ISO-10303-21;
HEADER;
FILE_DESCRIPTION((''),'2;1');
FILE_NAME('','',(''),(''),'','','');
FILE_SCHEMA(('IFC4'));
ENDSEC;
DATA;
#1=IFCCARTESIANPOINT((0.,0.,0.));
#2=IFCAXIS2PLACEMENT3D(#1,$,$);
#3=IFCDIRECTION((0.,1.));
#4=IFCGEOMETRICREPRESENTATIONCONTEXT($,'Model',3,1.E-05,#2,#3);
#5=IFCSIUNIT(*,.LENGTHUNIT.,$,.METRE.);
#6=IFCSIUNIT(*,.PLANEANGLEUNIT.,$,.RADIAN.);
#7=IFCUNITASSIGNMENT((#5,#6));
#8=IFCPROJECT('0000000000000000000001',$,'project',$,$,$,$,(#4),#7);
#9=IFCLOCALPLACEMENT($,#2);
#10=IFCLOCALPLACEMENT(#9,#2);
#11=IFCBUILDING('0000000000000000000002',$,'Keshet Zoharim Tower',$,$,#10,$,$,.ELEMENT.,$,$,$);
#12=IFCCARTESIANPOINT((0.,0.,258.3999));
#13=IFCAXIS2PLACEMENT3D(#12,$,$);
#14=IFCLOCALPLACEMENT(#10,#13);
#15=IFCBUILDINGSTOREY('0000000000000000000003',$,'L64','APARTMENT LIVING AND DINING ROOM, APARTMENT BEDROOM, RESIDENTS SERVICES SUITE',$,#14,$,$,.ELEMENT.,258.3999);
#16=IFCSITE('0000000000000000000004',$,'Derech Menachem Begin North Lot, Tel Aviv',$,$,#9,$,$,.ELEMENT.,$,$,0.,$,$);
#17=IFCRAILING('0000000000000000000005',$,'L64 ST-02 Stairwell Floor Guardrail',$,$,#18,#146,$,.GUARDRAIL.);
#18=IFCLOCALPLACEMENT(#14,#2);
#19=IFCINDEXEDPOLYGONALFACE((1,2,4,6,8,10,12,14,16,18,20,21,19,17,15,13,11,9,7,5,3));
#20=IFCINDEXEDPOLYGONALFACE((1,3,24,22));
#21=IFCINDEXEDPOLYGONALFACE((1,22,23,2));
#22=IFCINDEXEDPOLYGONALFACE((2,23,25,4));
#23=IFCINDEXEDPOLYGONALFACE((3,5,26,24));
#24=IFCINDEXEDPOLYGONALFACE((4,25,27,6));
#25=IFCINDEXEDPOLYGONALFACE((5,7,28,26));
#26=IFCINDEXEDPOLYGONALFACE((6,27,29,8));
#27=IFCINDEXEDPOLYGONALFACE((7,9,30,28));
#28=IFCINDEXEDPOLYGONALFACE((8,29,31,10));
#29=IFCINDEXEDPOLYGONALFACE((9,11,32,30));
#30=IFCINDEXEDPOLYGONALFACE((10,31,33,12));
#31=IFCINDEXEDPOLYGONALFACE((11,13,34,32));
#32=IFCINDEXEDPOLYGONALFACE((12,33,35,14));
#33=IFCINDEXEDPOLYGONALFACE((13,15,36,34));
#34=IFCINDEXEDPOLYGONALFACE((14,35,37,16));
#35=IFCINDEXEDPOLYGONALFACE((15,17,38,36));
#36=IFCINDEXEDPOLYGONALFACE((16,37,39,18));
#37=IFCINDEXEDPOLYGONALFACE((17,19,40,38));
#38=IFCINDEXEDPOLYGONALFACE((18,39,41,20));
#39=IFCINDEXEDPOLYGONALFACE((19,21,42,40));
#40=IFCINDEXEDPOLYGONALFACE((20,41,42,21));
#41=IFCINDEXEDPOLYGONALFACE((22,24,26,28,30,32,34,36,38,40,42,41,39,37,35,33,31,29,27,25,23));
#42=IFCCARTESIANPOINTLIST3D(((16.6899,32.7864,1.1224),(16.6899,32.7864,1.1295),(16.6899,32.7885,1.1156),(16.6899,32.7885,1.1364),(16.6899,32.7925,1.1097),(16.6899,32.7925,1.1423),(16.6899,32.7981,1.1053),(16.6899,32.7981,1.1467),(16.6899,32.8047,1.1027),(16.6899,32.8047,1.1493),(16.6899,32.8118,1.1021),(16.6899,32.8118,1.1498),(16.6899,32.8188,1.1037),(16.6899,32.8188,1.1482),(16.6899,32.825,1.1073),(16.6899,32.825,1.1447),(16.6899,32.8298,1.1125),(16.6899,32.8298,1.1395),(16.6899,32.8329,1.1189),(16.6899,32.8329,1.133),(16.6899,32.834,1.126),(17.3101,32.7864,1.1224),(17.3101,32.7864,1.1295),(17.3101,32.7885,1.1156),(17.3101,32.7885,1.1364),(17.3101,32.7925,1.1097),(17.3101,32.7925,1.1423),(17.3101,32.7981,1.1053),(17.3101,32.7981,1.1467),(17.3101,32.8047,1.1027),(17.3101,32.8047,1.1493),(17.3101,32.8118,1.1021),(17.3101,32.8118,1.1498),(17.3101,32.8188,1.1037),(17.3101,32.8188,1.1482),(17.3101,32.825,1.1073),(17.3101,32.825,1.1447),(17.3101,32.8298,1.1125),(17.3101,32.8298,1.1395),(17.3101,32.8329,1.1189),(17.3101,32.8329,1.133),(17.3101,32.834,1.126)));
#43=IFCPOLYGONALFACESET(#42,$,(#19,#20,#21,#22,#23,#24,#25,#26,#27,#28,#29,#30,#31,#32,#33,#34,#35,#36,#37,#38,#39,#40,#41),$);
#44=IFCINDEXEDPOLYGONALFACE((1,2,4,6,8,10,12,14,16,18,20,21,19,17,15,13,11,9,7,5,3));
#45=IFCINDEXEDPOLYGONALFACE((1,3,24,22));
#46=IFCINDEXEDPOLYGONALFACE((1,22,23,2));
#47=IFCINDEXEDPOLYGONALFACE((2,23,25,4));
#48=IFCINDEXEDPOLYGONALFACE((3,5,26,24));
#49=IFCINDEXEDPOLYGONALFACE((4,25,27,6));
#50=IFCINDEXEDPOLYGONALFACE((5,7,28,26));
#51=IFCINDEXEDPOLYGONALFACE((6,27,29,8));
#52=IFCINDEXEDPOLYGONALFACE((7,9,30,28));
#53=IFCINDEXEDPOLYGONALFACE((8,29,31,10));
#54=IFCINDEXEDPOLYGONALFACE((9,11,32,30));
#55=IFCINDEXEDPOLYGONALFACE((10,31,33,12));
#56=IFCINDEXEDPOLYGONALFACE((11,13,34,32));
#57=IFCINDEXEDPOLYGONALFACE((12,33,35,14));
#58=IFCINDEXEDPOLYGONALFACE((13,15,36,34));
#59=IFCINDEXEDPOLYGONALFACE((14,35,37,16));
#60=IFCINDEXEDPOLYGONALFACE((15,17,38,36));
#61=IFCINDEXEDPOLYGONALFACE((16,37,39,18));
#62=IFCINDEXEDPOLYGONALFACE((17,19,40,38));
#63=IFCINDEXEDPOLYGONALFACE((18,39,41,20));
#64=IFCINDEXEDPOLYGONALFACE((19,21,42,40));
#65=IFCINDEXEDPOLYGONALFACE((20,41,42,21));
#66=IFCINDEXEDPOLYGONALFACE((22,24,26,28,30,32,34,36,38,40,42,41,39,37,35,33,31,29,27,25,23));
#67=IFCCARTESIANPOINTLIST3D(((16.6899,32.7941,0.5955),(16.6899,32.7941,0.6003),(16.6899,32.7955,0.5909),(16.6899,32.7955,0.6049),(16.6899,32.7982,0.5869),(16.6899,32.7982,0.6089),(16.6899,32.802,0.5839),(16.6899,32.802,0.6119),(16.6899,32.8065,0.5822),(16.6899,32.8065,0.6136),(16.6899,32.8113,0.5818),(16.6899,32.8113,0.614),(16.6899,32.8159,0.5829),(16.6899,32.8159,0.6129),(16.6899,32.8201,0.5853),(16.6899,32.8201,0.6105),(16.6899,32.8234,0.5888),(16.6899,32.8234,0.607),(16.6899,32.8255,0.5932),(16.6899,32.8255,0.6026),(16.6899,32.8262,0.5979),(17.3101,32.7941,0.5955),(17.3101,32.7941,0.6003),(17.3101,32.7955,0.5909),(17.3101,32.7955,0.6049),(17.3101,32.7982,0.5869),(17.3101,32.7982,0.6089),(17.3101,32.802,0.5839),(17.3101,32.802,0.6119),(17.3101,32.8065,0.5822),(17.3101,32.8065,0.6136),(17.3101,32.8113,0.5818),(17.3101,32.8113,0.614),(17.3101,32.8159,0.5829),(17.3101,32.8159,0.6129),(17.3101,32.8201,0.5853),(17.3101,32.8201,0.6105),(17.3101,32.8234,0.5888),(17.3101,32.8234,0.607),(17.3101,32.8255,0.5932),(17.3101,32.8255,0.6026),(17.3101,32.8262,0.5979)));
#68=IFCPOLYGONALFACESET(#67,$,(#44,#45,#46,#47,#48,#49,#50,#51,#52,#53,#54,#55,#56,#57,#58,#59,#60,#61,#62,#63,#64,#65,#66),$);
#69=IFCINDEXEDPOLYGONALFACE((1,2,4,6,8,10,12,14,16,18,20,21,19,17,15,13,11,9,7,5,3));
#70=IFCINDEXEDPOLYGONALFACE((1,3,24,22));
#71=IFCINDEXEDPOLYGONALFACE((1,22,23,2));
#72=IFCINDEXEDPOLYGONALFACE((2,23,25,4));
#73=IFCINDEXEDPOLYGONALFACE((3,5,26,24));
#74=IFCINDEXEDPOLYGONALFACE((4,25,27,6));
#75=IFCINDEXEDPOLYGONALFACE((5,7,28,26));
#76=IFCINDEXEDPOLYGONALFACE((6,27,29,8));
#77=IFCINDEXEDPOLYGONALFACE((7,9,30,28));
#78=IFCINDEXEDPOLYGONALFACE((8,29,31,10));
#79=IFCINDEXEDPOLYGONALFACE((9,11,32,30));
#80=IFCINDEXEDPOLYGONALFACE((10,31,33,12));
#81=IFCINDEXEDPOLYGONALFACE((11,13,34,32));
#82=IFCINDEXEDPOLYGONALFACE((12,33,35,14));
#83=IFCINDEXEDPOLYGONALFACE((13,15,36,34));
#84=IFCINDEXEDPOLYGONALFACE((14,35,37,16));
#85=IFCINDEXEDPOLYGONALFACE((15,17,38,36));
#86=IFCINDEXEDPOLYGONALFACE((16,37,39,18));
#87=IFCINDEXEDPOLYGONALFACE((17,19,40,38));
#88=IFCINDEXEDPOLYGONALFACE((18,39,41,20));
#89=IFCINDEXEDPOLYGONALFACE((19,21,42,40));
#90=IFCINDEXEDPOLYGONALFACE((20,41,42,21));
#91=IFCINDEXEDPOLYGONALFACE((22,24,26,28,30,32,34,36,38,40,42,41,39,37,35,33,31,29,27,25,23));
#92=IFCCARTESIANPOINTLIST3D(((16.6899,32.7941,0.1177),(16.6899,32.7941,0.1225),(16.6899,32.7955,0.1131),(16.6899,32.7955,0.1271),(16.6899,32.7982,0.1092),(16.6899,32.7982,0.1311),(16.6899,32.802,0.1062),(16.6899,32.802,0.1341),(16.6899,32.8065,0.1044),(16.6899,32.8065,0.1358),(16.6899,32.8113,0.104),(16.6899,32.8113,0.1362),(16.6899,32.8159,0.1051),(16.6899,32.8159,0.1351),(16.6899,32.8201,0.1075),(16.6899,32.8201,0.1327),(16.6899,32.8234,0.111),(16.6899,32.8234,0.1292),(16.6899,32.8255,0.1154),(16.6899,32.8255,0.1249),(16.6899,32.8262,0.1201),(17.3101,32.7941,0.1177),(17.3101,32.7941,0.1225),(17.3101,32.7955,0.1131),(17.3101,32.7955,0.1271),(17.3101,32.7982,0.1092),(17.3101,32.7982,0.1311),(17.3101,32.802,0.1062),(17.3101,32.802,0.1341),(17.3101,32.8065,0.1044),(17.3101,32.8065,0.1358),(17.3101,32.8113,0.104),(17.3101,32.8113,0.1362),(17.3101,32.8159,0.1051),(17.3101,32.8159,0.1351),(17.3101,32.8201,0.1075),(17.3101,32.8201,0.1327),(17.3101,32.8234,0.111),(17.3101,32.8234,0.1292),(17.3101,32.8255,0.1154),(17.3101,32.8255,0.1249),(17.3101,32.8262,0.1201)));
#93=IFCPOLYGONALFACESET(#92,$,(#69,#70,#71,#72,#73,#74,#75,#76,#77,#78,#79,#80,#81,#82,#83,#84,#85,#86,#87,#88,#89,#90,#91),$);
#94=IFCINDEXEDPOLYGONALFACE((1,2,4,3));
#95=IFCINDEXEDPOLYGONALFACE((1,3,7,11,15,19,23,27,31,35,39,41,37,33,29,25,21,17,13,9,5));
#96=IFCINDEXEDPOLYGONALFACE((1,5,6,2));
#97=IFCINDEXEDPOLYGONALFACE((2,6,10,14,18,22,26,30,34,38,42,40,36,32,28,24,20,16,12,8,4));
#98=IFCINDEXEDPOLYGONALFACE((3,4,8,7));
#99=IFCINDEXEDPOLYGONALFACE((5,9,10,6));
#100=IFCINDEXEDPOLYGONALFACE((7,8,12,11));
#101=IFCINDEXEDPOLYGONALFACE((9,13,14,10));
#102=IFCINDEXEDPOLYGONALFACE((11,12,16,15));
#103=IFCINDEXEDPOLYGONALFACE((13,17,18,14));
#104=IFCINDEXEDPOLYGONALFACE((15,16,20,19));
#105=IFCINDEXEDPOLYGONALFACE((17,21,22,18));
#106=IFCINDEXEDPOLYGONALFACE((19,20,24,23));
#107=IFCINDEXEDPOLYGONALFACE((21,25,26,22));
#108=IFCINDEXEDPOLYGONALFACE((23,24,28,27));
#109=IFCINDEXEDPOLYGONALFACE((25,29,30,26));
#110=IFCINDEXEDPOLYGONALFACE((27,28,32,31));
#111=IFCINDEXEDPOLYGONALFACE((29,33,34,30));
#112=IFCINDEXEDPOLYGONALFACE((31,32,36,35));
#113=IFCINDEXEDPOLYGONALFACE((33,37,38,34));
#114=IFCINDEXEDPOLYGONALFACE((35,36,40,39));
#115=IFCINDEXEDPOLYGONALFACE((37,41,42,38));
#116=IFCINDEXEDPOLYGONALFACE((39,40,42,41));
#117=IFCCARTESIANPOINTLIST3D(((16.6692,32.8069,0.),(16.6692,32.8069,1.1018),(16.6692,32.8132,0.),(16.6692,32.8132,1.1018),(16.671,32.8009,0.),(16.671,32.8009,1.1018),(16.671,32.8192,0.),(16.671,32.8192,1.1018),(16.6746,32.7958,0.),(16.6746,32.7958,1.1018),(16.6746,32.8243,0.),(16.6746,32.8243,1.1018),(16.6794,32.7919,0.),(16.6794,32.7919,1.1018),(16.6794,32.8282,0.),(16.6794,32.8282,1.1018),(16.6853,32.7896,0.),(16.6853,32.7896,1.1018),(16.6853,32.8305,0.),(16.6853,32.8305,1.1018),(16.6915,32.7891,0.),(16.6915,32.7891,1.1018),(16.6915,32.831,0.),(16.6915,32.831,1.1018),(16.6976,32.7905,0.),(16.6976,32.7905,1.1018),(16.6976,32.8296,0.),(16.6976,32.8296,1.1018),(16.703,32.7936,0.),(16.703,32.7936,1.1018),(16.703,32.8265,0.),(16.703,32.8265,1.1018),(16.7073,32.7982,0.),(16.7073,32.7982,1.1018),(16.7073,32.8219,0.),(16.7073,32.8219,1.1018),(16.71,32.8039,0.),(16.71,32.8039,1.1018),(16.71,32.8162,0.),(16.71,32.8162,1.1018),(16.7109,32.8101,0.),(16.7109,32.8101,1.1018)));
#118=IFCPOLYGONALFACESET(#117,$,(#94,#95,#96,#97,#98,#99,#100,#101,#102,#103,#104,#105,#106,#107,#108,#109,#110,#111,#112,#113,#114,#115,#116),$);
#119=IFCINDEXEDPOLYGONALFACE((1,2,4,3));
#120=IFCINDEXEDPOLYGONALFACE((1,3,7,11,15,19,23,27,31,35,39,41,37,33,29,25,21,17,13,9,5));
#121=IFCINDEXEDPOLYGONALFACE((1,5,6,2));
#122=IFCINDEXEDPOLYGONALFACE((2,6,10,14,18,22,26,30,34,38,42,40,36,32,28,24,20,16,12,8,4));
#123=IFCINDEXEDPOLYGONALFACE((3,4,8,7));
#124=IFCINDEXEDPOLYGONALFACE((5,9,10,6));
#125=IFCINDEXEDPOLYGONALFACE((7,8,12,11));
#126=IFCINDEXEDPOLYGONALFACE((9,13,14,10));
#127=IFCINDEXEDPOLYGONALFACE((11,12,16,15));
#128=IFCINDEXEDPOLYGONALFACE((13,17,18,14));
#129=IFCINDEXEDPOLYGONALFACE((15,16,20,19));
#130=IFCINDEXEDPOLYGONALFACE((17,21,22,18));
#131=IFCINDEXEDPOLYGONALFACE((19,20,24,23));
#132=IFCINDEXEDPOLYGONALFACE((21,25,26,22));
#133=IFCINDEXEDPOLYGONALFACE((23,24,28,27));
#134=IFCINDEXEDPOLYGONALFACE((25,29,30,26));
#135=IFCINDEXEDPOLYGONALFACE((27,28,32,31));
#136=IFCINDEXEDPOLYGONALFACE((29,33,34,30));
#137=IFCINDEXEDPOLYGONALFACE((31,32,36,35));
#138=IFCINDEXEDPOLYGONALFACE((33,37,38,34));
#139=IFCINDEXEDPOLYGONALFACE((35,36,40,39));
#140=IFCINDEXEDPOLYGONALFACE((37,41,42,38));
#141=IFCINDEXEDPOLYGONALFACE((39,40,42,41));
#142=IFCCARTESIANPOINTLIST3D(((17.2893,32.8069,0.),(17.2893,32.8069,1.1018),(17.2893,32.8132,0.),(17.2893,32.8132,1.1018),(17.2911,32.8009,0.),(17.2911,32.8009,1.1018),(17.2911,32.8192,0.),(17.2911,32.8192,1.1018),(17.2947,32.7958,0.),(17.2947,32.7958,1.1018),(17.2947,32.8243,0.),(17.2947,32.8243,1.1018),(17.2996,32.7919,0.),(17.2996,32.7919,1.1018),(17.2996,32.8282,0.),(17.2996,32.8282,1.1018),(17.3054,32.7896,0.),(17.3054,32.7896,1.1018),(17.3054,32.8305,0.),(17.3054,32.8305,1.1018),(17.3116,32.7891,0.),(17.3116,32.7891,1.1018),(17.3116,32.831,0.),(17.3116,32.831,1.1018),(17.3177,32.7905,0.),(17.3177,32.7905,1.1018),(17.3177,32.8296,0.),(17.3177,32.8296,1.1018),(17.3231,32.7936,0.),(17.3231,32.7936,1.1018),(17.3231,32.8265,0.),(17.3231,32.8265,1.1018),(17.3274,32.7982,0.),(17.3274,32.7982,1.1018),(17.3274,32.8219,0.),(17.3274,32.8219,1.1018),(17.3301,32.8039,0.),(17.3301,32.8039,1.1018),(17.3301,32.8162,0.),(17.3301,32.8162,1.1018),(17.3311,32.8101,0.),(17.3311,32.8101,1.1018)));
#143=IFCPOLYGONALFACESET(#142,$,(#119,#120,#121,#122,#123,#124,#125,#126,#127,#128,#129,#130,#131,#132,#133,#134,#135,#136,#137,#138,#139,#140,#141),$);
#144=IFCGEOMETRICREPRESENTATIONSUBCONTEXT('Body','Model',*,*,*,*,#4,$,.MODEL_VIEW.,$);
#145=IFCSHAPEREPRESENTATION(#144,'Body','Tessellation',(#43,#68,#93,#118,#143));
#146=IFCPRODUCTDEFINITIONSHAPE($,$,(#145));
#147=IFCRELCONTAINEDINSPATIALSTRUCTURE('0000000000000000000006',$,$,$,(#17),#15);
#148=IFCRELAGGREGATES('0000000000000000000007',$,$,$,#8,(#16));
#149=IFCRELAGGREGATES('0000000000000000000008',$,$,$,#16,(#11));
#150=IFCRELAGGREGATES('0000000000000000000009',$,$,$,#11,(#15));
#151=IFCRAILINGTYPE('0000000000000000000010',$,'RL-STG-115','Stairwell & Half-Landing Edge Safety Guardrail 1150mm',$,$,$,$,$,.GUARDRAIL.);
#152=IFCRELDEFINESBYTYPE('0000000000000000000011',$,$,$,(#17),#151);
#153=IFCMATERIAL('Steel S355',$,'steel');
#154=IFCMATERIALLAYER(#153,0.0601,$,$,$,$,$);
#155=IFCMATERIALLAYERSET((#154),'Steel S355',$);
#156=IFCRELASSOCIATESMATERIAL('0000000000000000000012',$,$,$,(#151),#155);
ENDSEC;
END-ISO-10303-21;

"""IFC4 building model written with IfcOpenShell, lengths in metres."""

from ifc_helpers import new_model, si_unit, direction, frame, origin, origin_2d, place, context, subcontext, project, spatial, circle, extrude, material, layer, layer_set, type_object, element, save


model = new_model("IFC4")

# Units and contexts
model_context = context("Model", 3, precision=1e-05, world=origin(), true_north=direction((0.0, 1.0)))
body_context = subcontext(model_context, "Body", "Model", "MODEL_VIEW")
ifc_project = project(units=[si_unit("LENGTHUNIT", "METRE"), si_unit("PLANEANGLEUNIT", "RADIAN")], contexts=[model_context])

# Site, building, storey
site_placement = place(None, origin())
site = spatial("IfcSite", under=ifc_project, at=site_placement, Name="Derech Menachem Begin North Lot, Tel Aviv", CompositionType="ELEMENT", RefElevation=0.0)
building_placement = place(site_placement, origin())
building = spatial("IfcBuilding", under=site, at=building_placement, Name="Keshet Zoharim Tower", CompositionType="ELEMENT")
storey_placement = place(building_placement, frame((0.0, 0.0, 258.3999)))
storey = spatial("IfcBuildingStorey", under=building, at=storey_placement, Name="L64", Description="APARTMENT LIVING AND DINING ROOM, APARTMENT BEDROOM, RESIDENTS SERVICES SUITE", CompositionType="ELEMENT", Elevation=258.3999)

# Shared definitions
ifc_material_1 = material(Name="Steel S355", Category="steel")

# Railing
ifc_layer_1 = layer(ifc_material_1, 0.0601)
ifc_layer_set_1 = layer_set([ifc_layer_1], Name="Steel S355")
railing_type_1 = type_object("IfcRailingType", Name="RL-STG-115", Description="Stairwell & Half-Landing Edge Safety Guardrail 1150mm", PredefinedType="GUARDRAIL", material=ifc_layer_set_1)
railing_1_placement = place(storey_placement, frame((16.6899, 32.8101, 0.0)))
element("IfcRailing", 1, at=railing_1_placement, inside=storey, type_object=railing_type_1, Name="L64 ST-02 Stairwell Floor Guardrail", PredefinedType="GUARDRAIL", context=body_context, shape_type="SweptSolid", body=[
    extrude(circle(Radius=0.0239, at=origin_2d()), frame((0.0, 0.0, 1.126), z_axis=(1.0, 0.0, 0.0), x_axis=(0.0, 1.0, 0.0)), (0.0, 0.0, 1.0), 0.6201),
    extrude(circle(Radius=0.0161, at=origin_2d()), frame((0.0, 0.0, 0.5979), z_axis=(1.0, 0.0, 0.0), x_axis=(0.0, 1.0, 0.0)), (0.0, 0.0, 1.0), 0.6201),
    extrude(circle(Radius=0.0161, at=origin_2d()), frame((0.0, 0.0, 0.1201), z_axis=(1.0, 0.0, 0.0), x_axis=(0.0, 1.0, 0.0)), (0.0, 0.0, 1.0), 0.6201),
    extrude(circle(Radius=0.021, at=origin_2d()), origin(), (0.0, 0.0, 1.0), 1.1018),
    extrude(circle(Radius=0.021, at=origin_2d()), frame((0.6201, 0.0, 0.0)), (0.0, 0.0, 1.0), 1.1018),
])

save(model, "model.ifc")
